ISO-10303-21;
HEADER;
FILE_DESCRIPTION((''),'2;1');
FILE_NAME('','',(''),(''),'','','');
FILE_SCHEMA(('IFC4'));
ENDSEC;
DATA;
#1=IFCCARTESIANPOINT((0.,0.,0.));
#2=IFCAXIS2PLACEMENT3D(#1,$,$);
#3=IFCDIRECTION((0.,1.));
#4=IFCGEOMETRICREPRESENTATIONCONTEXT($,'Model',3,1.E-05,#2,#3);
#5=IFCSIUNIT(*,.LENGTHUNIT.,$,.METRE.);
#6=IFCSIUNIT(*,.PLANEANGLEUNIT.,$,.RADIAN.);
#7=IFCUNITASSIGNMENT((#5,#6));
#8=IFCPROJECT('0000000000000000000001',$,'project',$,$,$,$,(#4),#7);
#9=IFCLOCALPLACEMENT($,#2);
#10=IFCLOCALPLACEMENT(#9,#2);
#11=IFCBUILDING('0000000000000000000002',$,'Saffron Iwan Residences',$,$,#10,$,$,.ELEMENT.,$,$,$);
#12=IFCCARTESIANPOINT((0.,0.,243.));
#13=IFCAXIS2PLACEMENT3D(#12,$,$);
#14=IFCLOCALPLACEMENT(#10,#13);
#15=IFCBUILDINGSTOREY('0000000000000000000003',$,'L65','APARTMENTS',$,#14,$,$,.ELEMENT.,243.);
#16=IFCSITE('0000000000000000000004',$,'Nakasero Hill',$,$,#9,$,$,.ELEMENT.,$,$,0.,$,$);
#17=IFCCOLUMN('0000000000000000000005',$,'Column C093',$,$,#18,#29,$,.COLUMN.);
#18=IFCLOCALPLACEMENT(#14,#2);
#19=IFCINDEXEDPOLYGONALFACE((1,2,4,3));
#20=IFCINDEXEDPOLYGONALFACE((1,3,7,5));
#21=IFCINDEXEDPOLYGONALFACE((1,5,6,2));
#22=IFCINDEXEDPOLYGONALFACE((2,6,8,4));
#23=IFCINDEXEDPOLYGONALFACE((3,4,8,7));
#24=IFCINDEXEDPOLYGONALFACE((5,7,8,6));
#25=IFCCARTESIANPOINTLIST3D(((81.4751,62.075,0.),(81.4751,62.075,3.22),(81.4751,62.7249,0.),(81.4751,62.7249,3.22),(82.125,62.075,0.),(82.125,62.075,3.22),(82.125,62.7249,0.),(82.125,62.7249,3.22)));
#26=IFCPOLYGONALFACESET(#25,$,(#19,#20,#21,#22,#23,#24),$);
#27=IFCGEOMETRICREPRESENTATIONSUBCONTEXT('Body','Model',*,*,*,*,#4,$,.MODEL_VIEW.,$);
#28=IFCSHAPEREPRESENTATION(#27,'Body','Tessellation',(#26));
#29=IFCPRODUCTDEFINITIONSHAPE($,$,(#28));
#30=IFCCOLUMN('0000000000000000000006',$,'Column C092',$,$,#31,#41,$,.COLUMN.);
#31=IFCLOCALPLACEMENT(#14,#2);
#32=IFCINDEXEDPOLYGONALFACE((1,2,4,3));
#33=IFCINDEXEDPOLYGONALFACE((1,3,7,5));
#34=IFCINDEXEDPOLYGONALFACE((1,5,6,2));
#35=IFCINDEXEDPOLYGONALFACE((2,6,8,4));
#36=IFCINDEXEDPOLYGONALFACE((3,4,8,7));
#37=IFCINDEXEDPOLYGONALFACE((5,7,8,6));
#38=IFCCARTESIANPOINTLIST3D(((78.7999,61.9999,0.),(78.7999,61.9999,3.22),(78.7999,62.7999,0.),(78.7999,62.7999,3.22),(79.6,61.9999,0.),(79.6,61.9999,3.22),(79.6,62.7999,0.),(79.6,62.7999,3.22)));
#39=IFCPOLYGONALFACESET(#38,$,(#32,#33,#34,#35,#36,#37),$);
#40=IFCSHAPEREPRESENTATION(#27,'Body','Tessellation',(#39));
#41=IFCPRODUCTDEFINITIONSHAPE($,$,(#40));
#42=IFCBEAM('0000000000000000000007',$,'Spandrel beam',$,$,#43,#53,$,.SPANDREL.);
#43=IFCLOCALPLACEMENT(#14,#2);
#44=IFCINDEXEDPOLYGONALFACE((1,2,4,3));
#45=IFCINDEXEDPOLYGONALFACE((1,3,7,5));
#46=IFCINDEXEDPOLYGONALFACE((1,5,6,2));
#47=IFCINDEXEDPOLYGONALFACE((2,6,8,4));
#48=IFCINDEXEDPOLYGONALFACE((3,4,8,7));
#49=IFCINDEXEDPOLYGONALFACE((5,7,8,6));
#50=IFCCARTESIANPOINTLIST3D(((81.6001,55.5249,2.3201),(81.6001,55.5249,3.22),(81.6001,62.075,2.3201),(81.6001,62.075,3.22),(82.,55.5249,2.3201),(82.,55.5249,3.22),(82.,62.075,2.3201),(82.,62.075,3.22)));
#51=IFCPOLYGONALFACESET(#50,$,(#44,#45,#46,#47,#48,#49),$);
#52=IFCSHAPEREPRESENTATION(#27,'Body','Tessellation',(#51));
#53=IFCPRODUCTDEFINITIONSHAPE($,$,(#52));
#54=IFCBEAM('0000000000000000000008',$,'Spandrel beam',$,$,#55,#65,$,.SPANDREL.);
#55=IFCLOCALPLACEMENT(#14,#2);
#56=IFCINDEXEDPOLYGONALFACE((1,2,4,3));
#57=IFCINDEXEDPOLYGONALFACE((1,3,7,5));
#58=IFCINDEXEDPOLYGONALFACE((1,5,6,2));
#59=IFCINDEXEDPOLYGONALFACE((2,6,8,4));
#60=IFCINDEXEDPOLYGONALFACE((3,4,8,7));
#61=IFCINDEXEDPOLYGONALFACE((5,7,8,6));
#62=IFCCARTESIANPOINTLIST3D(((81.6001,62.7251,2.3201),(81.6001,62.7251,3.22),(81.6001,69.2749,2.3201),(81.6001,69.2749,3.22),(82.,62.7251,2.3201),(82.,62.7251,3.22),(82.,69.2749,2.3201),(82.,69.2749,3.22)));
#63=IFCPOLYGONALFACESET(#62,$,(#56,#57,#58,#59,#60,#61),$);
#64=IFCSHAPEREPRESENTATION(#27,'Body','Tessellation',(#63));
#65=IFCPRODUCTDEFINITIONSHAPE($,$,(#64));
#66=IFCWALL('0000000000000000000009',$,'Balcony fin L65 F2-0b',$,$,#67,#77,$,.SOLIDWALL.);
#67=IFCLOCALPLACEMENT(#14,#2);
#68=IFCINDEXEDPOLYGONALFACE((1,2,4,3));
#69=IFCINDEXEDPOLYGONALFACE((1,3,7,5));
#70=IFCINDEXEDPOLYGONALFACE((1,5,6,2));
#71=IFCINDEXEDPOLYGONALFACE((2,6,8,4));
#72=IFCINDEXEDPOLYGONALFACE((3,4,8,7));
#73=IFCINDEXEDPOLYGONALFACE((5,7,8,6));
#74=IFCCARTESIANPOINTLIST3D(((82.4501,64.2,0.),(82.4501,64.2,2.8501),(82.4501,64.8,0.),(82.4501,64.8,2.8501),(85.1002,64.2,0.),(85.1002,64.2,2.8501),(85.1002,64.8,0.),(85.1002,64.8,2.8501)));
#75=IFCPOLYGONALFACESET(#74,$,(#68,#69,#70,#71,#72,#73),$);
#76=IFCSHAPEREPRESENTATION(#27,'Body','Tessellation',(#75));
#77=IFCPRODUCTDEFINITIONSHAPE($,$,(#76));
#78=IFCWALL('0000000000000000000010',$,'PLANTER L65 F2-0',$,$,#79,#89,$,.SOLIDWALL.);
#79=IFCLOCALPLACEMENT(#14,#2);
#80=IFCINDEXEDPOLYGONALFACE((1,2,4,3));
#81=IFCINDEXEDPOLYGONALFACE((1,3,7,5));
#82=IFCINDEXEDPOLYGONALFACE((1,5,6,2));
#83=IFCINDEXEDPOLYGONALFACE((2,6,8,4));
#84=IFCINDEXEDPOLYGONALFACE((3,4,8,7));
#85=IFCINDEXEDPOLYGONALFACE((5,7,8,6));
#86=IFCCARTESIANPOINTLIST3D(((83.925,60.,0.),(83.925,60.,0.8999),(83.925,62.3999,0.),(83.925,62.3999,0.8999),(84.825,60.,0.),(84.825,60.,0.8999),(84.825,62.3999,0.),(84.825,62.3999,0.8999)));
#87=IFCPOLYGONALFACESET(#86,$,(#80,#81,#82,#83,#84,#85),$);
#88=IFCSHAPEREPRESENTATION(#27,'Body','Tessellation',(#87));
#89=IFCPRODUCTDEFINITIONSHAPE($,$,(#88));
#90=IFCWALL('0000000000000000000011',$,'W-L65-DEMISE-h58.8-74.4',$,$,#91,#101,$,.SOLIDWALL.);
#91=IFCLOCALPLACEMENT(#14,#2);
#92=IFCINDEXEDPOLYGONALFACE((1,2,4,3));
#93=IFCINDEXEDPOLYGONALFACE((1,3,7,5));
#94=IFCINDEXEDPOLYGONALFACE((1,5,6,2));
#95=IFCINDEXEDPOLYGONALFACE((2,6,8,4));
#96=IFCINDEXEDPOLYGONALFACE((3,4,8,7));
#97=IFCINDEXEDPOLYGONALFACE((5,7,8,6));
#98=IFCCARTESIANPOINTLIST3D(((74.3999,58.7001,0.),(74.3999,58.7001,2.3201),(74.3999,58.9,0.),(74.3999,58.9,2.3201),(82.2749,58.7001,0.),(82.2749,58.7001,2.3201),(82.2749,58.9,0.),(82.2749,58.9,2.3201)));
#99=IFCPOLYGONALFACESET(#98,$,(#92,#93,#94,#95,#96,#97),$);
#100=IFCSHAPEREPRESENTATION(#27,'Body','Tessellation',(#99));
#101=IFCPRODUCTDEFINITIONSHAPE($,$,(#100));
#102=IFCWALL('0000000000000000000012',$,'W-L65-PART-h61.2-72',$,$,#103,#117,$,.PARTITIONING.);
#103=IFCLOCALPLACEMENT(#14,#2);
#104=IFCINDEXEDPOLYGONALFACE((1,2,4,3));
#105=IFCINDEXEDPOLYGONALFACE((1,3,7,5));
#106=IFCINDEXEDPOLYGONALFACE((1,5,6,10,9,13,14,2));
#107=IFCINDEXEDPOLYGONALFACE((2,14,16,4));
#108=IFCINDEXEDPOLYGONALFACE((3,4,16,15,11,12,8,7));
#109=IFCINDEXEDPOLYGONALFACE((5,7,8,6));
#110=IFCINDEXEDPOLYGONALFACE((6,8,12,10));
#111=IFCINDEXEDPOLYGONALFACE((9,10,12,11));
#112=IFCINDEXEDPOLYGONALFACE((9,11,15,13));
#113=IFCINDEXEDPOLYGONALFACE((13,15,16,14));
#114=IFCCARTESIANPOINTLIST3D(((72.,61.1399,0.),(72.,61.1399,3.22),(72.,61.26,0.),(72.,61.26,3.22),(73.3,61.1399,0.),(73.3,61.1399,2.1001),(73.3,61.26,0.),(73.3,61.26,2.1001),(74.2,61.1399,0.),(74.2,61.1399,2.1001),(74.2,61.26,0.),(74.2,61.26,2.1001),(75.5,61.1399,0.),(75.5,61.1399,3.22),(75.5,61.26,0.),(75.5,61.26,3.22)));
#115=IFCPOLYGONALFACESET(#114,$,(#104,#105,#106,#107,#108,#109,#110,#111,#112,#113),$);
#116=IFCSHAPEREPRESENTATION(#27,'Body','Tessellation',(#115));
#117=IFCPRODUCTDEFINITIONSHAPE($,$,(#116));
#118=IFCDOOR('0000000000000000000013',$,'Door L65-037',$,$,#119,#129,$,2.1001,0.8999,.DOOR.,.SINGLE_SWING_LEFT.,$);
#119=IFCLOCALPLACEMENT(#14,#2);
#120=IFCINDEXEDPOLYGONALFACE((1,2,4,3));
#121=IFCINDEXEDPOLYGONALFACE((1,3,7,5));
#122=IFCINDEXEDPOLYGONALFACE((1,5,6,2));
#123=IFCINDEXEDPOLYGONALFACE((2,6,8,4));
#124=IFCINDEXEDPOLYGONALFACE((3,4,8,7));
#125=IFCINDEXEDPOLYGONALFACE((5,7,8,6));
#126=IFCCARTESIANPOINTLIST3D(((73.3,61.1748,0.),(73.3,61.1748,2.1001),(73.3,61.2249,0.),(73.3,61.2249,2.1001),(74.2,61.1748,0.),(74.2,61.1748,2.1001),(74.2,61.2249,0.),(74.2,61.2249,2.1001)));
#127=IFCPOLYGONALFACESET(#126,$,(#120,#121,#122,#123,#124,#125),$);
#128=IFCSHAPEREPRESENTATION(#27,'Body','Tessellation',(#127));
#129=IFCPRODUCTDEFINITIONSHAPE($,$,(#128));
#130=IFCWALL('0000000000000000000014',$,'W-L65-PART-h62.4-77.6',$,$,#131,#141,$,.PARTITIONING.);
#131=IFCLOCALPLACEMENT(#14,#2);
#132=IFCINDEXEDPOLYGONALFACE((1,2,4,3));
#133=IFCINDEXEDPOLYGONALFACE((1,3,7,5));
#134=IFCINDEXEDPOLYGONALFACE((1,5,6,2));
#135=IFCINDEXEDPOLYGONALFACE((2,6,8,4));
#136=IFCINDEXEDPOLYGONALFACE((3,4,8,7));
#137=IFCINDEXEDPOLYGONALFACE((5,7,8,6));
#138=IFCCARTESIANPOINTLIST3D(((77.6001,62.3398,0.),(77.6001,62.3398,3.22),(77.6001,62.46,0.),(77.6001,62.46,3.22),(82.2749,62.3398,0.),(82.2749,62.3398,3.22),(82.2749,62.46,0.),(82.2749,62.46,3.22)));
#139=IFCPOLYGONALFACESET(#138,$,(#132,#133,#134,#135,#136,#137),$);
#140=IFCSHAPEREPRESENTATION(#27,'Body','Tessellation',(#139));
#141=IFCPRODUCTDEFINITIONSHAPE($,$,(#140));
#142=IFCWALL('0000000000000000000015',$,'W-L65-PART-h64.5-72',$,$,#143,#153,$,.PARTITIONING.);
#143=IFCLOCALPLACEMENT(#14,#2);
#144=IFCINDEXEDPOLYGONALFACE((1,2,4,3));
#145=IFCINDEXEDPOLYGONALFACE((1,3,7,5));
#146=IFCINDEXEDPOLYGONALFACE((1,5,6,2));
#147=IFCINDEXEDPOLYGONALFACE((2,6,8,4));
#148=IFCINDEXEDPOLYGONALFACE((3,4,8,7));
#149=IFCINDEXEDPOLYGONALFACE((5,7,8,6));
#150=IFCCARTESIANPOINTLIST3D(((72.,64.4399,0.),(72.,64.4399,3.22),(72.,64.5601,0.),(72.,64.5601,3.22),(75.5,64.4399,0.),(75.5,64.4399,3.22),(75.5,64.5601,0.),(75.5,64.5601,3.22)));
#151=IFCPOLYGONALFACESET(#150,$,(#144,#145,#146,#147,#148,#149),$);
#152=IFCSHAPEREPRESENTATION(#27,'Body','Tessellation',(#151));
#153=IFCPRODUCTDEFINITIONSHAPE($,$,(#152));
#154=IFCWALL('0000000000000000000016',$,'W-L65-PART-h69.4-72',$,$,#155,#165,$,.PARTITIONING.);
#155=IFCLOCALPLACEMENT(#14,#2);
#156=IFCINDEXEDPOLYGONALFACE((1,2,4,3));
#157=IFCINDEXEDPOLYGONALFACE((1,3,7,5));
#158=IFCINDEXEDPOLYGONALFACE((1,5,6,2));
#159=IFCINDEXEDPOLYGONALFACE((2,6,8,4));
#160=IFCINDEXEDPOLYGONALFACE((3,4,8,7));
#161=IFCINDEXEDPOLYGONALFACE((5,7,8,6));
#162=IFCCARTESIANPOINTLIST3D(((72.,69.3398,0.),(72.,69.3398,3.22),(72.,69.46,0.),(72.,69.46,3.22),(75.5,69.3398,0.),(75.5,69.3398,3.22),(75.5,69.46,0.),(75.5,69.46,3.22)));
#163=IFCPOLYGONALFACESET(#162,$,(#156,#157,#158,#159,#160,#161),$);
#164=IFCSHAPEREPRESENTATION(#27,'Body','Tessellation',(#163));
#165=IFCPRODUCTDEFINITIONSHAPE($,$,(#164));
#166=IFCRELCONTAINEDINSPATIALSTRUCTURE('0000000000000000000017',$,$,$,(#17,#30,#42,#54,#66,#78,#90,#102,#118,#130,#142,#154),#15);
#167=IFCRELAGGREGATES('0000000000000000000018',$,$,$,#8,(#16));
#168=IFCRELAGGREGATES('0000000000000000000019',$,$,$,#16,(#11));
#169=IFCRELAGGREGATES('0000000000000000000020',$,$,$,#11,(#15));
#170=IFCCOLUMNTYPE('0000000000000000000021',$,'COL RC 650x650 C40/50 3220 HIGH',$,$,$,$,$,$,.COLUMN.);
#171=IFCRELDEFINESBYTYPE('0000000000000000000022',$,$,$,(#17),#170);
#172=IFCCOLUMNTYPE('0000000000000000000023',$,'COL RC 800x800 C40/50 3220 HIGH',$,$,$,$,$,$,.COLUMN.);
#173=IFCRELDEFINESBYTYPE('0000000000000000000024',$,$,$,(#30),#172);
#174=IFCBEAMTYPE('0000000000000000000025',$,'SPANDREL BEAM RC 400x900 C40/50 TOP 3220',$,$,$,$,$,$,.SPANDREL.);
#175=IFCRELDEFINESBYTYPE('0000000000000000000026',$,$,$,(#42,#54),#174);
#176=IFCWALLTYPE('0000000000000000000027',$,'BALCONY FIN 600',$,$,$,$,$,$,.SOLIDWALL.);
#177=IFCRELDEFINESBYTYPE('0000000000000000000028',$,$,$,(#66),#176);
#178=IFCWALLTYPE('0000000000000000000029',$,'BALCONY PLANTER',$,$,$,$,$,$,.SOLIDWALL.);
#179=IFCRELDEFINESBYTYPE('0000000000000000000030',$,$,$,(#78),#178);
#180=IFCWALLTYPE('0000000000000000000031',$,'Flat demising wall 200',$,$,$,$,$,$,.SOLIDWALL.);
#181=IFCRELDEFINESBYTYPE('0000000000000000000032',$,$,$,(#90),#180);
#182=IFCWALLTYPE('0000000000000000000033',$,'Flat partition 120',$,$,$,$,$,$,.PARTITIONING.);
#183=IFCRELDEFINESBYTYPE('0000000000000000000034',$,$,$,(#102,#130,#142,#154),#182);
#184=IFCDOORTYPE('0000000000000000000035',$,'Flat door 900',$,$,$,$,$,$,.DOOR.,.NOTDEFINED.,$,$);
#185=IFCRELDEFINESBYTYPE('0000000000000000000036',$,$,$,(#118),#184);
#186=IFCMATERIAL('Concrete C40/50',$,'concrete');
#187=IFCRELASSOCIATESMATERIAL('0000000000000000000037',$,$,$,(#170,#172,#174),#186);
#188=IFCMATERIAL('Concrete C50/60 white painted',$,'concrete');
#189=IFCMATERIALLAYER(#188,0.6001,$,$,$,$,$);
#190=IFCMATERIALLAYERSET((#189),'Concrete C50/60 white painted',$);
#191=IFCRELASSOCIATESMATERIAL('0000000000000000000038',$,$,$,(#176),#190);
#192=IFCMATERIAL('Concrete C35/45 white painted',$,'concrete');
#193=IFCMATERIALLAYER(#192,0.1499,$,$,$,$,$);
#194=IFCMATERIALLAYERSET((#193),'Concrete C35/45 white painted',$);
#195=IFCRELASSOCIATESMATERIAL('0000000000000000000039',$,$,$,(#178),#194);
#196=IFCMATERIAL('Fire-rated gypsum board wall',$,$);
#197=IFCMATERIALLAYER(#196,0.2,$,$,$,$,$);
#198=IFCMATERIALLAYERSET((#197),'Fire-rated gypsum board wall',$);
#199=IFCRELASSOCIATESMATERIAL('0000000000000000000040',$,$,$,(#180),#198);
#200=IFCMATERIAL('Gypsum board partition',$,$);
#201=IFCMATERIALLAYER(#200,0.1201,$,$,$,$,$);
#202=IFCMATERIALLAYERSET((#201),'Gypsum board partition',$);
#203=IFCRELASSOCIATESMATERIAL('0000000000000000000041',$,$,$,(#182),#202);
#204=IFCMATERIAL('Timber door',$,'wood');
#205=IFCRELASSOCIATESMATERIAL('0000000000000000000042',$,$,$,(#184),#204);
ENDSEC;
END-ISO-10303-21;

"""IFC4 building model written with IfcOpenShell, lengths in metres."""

from ifc_helpers import new_model, si_unit, direction, frame, frame_2d, origin, origin_2d, place, context, subcontext, project, spatial, rectangle, extrude, source, transform, mapped, material, layer, layer_set, material_profile, profile_set, type_object, element, fill, save


model = new_model("IFC4")

# Units and contexts
model_context = context("Model", 3, precision=1e-05, world=origin(), true_north=direction((0.0, 1.0)))
body_context = subcontext(model_context, "Body", "Model", "MODEL_VIEW")
ifc_project = project(units=[si_unit("LENGTHUNIT", "METRE"), si_unit("PLANEANGLEUNIT", "RADIAN")], contexts=[model_context])

# Site, building, storey
site_placement = place(None, origin())
site = spatial("IfcSite", under=ifc_project, at=site_placement, Name="Nakasero Hill", CompositionType="ELEMENT", RefElevation=0.0)
building_placement = place(site_placement, origin())
building = spatial("IfcBuilding", under=site, at=building_placement, Name="Saffron Iwan Residences", CompositionType="ELEMENT")
storey_placement = place(building_placement, frame((0.0, 0.0, 243.0)))
storey = spatial("IfcBuildingStorey", under=building, at=storey_placement, Name="L65", Description="APARTMENTS", CompositionType="ELEMENT", Elevation=243.0)

# Columns
ifc_material_1 = material(Name="Concrete C40/50", Category="concrete")
ifc_material_profile_1 = material_profile(ifc_material_1, rectangle(XDim=0.6499, YDim=0.6499, at=origin_2d()), Name="RC 650x650")
ifc_profile_set_1 = profile_set([ifc_material_profile_1], Name="Concrete C40/50")
column_type_1 = type_object("IfcColumnType", Name="COL RC 650x650 C40/50 3220 HIGH", PredefinedType="COLUMN", material=ifc_profile_set_1)
shared_shape_1 = source(origin(), body_context, "Body", "SweptSolid", [
    extrude(rectangle(XDim=0.6499, YDim=0.6499, at=origin_2d()), origin(), (0.0, 0.0, 1.0), 3.22),
])
column_1_placement = place(storey_placement, frame((81.8, 62.3999, 0.0), z_axis=(0.0, 0.0, 1.0), x_axis=(1.0, 0.0, 0.0)))
element("IfcColumn", 1, at=column_1_placement, inside=storey, type_object=column_type_1, Name="Column C093", PredefinedType="COLUMN", context=body_context, shape_type="MappedRepresentation", body=[
    mapped(shared_shape_1, transform((0.0, 0.0, 0.0))),
])
ifc_material_profile_2 = material_profile(ifc_material_1, rectangle(XDim=0.8, YDim=0.8, at=origin_2d()), Name="RC 800x800")
ifc_profile_set_2 = profile_set([ifc_material_profile_2], Name="Concrete C40/50")
column_type_2 = type_object("IfcColumnType", Name="COL RC 800x800 C40/50 3220 HIGH", PredefinedType="COLUMN", material=ifc_profile_set_2)
shared_shape_2 = source(origin(), body_context, "Body", "SweptSolid", [
    extrude(rectangle(XDim=0.8, YDim=0.8, at=origin_2d()), origin(), (0.0, 0.0, 1.0), 3.22),
])
column_2_placement = place(storey_placement, frame((79.2, 62.3999, 0.0), z_axis=(0.0, 0.0, 1.0), x_axis=(1.0, 0.0, 0.0)))
element("IfcColumn", 2, at=column_2_placement, inside=storey, type_object=column_type_2, Name="Column C092", PredefinedType="COLUMN", context=body_context, shape_type="MappedRepresentation", body=[
    mapped(shared_shape_2, transform((0.0, 0.0, 0.0))),
])

# Beams
ifc_material_profile_3 = material_profile(ifc_material_1, rectangle(XDim=0.3999, YDim=0.8999, at=origin_2d()), Name="RC 400x900")
ifc_profile_set_3 = profile_set([ifc_material_profile_3], Name="Concrete C40/50")
beam_type = type_object("IfcBeamType", Name="SPANDREL BEAM RC 400x900 C40/50 TOP 3220", PredefinedType="SPANDREL", material=ifc_profile_set_3)
shared_shape_3 = source(origin(), body_context, "Body", "SweptSolid", [
    extrude(rectangle(XDim=0.3999, YDim=0.8999, at=origin_2d()), origin(), (0.0, 0.0, 1.0), 6.55),
])
beam_1_placement = place(storey_placement, frame((81.8, 62.075, 2.77), z_axis=(0.0, -1.0, 0.0), x_axis=(1.0, 0.0, 0.0)))
element("IfcBeam", 3, at=beam_1_placement, inside=storey, type_object=beam_type, Name="Spandrel beam", PredefinedType="SPANDREL", context=body_context, shape_type="MappedRepresentation", body=[
    mapped(shared_shape_3, transform((0.0, 0.0, 0.0))),
])
shared_shape_4 = source(origin(), body_context, "Body", "SweptSolid", [
    extrude(rectangle(XDim=0.3999, YDim=0.8999, at=origin_2d()), origin(), (0.0, 0.0, 1.0), 6.5498),
])
beam_2_placement = place(storey_placement, frame((81.8, 69.2749, 2.77), z_axis=(0.0, -1.0, 0.0), x_axis=(1.0, 0.0, 0.0)))
element("IfcBeam", 4, at=beam_2_placement, inside=storey, type_object=beam_type, Name="Spandrel beam", PredefinedType="SPANDREL", context=body_context, shape_type="MappedRepresentation", body=[
    mapped(shared_shape_4, transform((0.0, 0.0, 0.0))),
])

# Walls
ifc_material_2 = material(Name="Concrete C50/60 white painted", Category="concrete")
ifc_layer_1 = layer(ifc_material_2, 0.6001)
ifc_layer_set_1 = layer_set([ifc_layer_1], Name="Concrete C50/60 white painted")
wall_type_1 = type_object("IfcWallType", Name="BALCONY FIN 600", PredefinedType="SOLIDWALL", material=ifc_layer_set_1)
wall_1_placement = place(storey_placement, frame((82.45, 64.5, 0.0), z_axis=(0.0, 0.0, 1.0), x_axis=(1.0, 0.0, 0.0)))
element("IfcWall", 5, at=wall_1_placement, inside=storey, type_object=wall_type_1, Name="Balcony fin L65 F2-0b", PredefinedType="SOLIDWALL", context=body_context, shape_type="SweptSolid", body=[
    extrude(rectangle(XDim=2.6501, YDim=0.6001, at=frame_2d((1.3252, 0.0))), origin(), (0.0, 0.0, 1.0), 2.8501),
])
ifc_material_3 = material(Name="Concrete C35/45 white painted", Category="concrete")
ifc_layer_2 = layer(ifc_material_3, 0.1499)
ifc_layer_set_2 = layer_set([ifc_layer_2], Name="Concrete C35/45 white painted")
wall_type_2 = type_object("IfcWallType", Name="BALCONY PLANTER", PredefinedType="SOLIDWALL", material=ifc_layer_set_2)
wall_2_placement = place(storey_placement, frame((84.375, 60.0, 0.0), z_axis=(0.0, 0.0, 1.0), x_axis=(0.0, 1.0, 0.0)))
element("IfcWall", 6, at=wall_2_placement, inside=storey, type_object=wall_type_2, Name="PLANTER L65 F2-0", PredefinedType="SOLIDWALL", context=body_context, shape_type="SweptSolid", body=[
    extrude(rectangle(XDim=2.3999, YDim=0.8999, at=frame_2d((1.2, 0.0))), origin(), (0.0, 0.0, 1.0), 0.8999),
])
ifc_material_4 = material(Name="Fire-rated gypsum board wall")
ifc_layer_3 = layer(ifc_material_4, 0.2)
ifc_layer_set_3 = layer_set([ifc_layer_3], Name="Fire-rated gypsum board wall")
wall_type_3 = type_object("IfcWallType", Name="Flat demising wall 200", PredefinedType="SOLIDWALL", material=ifc_layer_set_3)
wall_3_placement = place(storey_placement, frame((74.3999, 58.8, 0.0), z_axis=(0.0, 0.0, 1.0), x_axis=(1.0, 0.0, 0.0)))
element("IfcWall", 7, at=wall_3_placement, inside=storey, type_object=wall_type_3, Name="W-L65-DEMISE-h58.8-74.4", PredefinedType="SOLIDWALL", context=body_context, shape_type="SweptSolid", body=[
    extrude(rectangle(XDim=7.875, YDim=0.2, at=frame_2d((3.9375, 0.0))), origin(), (0.0, 0.0, 1.0), 2.3201),
])

# Wall, opening, door
ifc_material_5 = material(Name="Gypsum board partition")
ifc_layer_4 = layer(ifc_material_5, 0.1201)
ifc_layer_set_4 = layer_set([ifc_layer_4], Name="Gypsum board partition")
wall_type_4 = type_object("IfcWallType", Name="Flat partition 120", PredefinedType="PARTITIONING", material=ifc_layer_set_4)
wall_4_placement = place(storey_placement, frame((72.0, 61.2, 0.0), z_axis=(0.0, 0.0, 1.0), x_axis=(1.0, 0.0, 0.0)))
wall_4 = element("IfcWall", 8, at=wall_4_placement, inside=storey, type_object=wall_type_4, Name="W-L65-PART-h61.2-72", PredefinedType="PARTITIONING", context=body_context, shape_type="SweptSolid", body=[
    extrude(rectangle(XDim=3.5, YDim=0.1201, at=frame_2d((1.75, 0.0))), origin(), (0.0, 0.0, 1.0), 3.22),
])
opening_1_placement = place(wall_4_placement, frame((1.3, 0.0, 0.0)))
opening_1 = element("IfcOpeningElement", 9, at=opening_1_placement, cuts=wall_4, PredefinedType="OPENING", context=body_context, shape_type="SweptSolid", body=[
    extrude(rectangle(XDim=0.8999, YDim=2.1001, at=frame_2d((0.45, 1.05))), frame((0.0, 0.0701, 0.0), z_axis=(0.0, -1.0, 0.0), x_axis=(1.0, 0.0, 0.0)), (0.0, 0.0, 1.0), 0.1401),
])
ifc_material_6 = material(Name="Timber door", Category="wood")
door_type_1 = type_object("IfcDoorType", Name="Flat door 900", OperationType="NOTDEFINED", PredefinedType="DOOR", material=ifc_material_6)
door_1_placement = place(opening_1_placement, origin())
door_1 = element("IfcDoor", 10, at=door_1_placement, inside=storey, type_object=door_type_1, Name="Door L65-037", OperationType="SINGLE_SWING_LEFT", OverallHeight=2.1001, OverallWidth=0.8999, PredefinedType="DOOR", context=body_context, shape_type="SweptSolid", body=[
    extrude(rectangle(XDim=0.8999, YDim=2.1001, at=frame_2d((0.45, 1.05))), frame((0.0, 0.0249, 0.0), z_axis=(0.0, -1.0, 0.0), x_axis=(1.0, 0.0, 0.0)), (0.0, 0.0, 1.0), 0.05),
])
fill(opening_1, door_1)

# Walls
wall_5_placement = place(storey_placement, frame((77.6001, 62.3999, 0.0), z_axis=(0.0, 0.0, 1.0), x_axis=(1.0, 0.0, 0.0)))
element("IfcWall", 11, at=wall_5_placement, inside=storey, type_object=wall_type_4, Name="W-L65-PART-h62.4-77.6", PredefinedType="PARTITIONING", context=body_context, shape_type="SweptSolid", body=[
    extrude(rectangle(XDim=4.6748, YDim=0.1201, at=frame_2d((2.3374, 0.0))), origin(), (0.0, 0.0, 1.0), 3.22),
])
for number, where, z_axis, x_axis, name in (
    (12, (72.0, 64.5, 0.0), (0.0, 0.0, 1.0), (1.0, 0.0, 0.0), "W-L65-PART-h64.5-72"),
    (13, (72.0, 69.3999, 0.0), (0.0, 0.0, 1.0), (1.0, 0.0, 0.0), "W-L65-PART-h69.4-72"),
):
    element("IfcWall", number, at=place(storey_placement, frame(where, z_axis=z_axis, x_axis=x_axis)), inside=storey, type_object=wall_type_4, Name=name, PredefinedType="PARTITIONING", context=body_context, shape_type="SweptSolid", body=[
        extrude(rectangle(XDim=3.5, YDim=0.1201, at=frame_2d((1.75, 0.0))), origin(), (0.0, 0.0, 1.0), 3.22),
    ])

save(model, "model.ifc")
